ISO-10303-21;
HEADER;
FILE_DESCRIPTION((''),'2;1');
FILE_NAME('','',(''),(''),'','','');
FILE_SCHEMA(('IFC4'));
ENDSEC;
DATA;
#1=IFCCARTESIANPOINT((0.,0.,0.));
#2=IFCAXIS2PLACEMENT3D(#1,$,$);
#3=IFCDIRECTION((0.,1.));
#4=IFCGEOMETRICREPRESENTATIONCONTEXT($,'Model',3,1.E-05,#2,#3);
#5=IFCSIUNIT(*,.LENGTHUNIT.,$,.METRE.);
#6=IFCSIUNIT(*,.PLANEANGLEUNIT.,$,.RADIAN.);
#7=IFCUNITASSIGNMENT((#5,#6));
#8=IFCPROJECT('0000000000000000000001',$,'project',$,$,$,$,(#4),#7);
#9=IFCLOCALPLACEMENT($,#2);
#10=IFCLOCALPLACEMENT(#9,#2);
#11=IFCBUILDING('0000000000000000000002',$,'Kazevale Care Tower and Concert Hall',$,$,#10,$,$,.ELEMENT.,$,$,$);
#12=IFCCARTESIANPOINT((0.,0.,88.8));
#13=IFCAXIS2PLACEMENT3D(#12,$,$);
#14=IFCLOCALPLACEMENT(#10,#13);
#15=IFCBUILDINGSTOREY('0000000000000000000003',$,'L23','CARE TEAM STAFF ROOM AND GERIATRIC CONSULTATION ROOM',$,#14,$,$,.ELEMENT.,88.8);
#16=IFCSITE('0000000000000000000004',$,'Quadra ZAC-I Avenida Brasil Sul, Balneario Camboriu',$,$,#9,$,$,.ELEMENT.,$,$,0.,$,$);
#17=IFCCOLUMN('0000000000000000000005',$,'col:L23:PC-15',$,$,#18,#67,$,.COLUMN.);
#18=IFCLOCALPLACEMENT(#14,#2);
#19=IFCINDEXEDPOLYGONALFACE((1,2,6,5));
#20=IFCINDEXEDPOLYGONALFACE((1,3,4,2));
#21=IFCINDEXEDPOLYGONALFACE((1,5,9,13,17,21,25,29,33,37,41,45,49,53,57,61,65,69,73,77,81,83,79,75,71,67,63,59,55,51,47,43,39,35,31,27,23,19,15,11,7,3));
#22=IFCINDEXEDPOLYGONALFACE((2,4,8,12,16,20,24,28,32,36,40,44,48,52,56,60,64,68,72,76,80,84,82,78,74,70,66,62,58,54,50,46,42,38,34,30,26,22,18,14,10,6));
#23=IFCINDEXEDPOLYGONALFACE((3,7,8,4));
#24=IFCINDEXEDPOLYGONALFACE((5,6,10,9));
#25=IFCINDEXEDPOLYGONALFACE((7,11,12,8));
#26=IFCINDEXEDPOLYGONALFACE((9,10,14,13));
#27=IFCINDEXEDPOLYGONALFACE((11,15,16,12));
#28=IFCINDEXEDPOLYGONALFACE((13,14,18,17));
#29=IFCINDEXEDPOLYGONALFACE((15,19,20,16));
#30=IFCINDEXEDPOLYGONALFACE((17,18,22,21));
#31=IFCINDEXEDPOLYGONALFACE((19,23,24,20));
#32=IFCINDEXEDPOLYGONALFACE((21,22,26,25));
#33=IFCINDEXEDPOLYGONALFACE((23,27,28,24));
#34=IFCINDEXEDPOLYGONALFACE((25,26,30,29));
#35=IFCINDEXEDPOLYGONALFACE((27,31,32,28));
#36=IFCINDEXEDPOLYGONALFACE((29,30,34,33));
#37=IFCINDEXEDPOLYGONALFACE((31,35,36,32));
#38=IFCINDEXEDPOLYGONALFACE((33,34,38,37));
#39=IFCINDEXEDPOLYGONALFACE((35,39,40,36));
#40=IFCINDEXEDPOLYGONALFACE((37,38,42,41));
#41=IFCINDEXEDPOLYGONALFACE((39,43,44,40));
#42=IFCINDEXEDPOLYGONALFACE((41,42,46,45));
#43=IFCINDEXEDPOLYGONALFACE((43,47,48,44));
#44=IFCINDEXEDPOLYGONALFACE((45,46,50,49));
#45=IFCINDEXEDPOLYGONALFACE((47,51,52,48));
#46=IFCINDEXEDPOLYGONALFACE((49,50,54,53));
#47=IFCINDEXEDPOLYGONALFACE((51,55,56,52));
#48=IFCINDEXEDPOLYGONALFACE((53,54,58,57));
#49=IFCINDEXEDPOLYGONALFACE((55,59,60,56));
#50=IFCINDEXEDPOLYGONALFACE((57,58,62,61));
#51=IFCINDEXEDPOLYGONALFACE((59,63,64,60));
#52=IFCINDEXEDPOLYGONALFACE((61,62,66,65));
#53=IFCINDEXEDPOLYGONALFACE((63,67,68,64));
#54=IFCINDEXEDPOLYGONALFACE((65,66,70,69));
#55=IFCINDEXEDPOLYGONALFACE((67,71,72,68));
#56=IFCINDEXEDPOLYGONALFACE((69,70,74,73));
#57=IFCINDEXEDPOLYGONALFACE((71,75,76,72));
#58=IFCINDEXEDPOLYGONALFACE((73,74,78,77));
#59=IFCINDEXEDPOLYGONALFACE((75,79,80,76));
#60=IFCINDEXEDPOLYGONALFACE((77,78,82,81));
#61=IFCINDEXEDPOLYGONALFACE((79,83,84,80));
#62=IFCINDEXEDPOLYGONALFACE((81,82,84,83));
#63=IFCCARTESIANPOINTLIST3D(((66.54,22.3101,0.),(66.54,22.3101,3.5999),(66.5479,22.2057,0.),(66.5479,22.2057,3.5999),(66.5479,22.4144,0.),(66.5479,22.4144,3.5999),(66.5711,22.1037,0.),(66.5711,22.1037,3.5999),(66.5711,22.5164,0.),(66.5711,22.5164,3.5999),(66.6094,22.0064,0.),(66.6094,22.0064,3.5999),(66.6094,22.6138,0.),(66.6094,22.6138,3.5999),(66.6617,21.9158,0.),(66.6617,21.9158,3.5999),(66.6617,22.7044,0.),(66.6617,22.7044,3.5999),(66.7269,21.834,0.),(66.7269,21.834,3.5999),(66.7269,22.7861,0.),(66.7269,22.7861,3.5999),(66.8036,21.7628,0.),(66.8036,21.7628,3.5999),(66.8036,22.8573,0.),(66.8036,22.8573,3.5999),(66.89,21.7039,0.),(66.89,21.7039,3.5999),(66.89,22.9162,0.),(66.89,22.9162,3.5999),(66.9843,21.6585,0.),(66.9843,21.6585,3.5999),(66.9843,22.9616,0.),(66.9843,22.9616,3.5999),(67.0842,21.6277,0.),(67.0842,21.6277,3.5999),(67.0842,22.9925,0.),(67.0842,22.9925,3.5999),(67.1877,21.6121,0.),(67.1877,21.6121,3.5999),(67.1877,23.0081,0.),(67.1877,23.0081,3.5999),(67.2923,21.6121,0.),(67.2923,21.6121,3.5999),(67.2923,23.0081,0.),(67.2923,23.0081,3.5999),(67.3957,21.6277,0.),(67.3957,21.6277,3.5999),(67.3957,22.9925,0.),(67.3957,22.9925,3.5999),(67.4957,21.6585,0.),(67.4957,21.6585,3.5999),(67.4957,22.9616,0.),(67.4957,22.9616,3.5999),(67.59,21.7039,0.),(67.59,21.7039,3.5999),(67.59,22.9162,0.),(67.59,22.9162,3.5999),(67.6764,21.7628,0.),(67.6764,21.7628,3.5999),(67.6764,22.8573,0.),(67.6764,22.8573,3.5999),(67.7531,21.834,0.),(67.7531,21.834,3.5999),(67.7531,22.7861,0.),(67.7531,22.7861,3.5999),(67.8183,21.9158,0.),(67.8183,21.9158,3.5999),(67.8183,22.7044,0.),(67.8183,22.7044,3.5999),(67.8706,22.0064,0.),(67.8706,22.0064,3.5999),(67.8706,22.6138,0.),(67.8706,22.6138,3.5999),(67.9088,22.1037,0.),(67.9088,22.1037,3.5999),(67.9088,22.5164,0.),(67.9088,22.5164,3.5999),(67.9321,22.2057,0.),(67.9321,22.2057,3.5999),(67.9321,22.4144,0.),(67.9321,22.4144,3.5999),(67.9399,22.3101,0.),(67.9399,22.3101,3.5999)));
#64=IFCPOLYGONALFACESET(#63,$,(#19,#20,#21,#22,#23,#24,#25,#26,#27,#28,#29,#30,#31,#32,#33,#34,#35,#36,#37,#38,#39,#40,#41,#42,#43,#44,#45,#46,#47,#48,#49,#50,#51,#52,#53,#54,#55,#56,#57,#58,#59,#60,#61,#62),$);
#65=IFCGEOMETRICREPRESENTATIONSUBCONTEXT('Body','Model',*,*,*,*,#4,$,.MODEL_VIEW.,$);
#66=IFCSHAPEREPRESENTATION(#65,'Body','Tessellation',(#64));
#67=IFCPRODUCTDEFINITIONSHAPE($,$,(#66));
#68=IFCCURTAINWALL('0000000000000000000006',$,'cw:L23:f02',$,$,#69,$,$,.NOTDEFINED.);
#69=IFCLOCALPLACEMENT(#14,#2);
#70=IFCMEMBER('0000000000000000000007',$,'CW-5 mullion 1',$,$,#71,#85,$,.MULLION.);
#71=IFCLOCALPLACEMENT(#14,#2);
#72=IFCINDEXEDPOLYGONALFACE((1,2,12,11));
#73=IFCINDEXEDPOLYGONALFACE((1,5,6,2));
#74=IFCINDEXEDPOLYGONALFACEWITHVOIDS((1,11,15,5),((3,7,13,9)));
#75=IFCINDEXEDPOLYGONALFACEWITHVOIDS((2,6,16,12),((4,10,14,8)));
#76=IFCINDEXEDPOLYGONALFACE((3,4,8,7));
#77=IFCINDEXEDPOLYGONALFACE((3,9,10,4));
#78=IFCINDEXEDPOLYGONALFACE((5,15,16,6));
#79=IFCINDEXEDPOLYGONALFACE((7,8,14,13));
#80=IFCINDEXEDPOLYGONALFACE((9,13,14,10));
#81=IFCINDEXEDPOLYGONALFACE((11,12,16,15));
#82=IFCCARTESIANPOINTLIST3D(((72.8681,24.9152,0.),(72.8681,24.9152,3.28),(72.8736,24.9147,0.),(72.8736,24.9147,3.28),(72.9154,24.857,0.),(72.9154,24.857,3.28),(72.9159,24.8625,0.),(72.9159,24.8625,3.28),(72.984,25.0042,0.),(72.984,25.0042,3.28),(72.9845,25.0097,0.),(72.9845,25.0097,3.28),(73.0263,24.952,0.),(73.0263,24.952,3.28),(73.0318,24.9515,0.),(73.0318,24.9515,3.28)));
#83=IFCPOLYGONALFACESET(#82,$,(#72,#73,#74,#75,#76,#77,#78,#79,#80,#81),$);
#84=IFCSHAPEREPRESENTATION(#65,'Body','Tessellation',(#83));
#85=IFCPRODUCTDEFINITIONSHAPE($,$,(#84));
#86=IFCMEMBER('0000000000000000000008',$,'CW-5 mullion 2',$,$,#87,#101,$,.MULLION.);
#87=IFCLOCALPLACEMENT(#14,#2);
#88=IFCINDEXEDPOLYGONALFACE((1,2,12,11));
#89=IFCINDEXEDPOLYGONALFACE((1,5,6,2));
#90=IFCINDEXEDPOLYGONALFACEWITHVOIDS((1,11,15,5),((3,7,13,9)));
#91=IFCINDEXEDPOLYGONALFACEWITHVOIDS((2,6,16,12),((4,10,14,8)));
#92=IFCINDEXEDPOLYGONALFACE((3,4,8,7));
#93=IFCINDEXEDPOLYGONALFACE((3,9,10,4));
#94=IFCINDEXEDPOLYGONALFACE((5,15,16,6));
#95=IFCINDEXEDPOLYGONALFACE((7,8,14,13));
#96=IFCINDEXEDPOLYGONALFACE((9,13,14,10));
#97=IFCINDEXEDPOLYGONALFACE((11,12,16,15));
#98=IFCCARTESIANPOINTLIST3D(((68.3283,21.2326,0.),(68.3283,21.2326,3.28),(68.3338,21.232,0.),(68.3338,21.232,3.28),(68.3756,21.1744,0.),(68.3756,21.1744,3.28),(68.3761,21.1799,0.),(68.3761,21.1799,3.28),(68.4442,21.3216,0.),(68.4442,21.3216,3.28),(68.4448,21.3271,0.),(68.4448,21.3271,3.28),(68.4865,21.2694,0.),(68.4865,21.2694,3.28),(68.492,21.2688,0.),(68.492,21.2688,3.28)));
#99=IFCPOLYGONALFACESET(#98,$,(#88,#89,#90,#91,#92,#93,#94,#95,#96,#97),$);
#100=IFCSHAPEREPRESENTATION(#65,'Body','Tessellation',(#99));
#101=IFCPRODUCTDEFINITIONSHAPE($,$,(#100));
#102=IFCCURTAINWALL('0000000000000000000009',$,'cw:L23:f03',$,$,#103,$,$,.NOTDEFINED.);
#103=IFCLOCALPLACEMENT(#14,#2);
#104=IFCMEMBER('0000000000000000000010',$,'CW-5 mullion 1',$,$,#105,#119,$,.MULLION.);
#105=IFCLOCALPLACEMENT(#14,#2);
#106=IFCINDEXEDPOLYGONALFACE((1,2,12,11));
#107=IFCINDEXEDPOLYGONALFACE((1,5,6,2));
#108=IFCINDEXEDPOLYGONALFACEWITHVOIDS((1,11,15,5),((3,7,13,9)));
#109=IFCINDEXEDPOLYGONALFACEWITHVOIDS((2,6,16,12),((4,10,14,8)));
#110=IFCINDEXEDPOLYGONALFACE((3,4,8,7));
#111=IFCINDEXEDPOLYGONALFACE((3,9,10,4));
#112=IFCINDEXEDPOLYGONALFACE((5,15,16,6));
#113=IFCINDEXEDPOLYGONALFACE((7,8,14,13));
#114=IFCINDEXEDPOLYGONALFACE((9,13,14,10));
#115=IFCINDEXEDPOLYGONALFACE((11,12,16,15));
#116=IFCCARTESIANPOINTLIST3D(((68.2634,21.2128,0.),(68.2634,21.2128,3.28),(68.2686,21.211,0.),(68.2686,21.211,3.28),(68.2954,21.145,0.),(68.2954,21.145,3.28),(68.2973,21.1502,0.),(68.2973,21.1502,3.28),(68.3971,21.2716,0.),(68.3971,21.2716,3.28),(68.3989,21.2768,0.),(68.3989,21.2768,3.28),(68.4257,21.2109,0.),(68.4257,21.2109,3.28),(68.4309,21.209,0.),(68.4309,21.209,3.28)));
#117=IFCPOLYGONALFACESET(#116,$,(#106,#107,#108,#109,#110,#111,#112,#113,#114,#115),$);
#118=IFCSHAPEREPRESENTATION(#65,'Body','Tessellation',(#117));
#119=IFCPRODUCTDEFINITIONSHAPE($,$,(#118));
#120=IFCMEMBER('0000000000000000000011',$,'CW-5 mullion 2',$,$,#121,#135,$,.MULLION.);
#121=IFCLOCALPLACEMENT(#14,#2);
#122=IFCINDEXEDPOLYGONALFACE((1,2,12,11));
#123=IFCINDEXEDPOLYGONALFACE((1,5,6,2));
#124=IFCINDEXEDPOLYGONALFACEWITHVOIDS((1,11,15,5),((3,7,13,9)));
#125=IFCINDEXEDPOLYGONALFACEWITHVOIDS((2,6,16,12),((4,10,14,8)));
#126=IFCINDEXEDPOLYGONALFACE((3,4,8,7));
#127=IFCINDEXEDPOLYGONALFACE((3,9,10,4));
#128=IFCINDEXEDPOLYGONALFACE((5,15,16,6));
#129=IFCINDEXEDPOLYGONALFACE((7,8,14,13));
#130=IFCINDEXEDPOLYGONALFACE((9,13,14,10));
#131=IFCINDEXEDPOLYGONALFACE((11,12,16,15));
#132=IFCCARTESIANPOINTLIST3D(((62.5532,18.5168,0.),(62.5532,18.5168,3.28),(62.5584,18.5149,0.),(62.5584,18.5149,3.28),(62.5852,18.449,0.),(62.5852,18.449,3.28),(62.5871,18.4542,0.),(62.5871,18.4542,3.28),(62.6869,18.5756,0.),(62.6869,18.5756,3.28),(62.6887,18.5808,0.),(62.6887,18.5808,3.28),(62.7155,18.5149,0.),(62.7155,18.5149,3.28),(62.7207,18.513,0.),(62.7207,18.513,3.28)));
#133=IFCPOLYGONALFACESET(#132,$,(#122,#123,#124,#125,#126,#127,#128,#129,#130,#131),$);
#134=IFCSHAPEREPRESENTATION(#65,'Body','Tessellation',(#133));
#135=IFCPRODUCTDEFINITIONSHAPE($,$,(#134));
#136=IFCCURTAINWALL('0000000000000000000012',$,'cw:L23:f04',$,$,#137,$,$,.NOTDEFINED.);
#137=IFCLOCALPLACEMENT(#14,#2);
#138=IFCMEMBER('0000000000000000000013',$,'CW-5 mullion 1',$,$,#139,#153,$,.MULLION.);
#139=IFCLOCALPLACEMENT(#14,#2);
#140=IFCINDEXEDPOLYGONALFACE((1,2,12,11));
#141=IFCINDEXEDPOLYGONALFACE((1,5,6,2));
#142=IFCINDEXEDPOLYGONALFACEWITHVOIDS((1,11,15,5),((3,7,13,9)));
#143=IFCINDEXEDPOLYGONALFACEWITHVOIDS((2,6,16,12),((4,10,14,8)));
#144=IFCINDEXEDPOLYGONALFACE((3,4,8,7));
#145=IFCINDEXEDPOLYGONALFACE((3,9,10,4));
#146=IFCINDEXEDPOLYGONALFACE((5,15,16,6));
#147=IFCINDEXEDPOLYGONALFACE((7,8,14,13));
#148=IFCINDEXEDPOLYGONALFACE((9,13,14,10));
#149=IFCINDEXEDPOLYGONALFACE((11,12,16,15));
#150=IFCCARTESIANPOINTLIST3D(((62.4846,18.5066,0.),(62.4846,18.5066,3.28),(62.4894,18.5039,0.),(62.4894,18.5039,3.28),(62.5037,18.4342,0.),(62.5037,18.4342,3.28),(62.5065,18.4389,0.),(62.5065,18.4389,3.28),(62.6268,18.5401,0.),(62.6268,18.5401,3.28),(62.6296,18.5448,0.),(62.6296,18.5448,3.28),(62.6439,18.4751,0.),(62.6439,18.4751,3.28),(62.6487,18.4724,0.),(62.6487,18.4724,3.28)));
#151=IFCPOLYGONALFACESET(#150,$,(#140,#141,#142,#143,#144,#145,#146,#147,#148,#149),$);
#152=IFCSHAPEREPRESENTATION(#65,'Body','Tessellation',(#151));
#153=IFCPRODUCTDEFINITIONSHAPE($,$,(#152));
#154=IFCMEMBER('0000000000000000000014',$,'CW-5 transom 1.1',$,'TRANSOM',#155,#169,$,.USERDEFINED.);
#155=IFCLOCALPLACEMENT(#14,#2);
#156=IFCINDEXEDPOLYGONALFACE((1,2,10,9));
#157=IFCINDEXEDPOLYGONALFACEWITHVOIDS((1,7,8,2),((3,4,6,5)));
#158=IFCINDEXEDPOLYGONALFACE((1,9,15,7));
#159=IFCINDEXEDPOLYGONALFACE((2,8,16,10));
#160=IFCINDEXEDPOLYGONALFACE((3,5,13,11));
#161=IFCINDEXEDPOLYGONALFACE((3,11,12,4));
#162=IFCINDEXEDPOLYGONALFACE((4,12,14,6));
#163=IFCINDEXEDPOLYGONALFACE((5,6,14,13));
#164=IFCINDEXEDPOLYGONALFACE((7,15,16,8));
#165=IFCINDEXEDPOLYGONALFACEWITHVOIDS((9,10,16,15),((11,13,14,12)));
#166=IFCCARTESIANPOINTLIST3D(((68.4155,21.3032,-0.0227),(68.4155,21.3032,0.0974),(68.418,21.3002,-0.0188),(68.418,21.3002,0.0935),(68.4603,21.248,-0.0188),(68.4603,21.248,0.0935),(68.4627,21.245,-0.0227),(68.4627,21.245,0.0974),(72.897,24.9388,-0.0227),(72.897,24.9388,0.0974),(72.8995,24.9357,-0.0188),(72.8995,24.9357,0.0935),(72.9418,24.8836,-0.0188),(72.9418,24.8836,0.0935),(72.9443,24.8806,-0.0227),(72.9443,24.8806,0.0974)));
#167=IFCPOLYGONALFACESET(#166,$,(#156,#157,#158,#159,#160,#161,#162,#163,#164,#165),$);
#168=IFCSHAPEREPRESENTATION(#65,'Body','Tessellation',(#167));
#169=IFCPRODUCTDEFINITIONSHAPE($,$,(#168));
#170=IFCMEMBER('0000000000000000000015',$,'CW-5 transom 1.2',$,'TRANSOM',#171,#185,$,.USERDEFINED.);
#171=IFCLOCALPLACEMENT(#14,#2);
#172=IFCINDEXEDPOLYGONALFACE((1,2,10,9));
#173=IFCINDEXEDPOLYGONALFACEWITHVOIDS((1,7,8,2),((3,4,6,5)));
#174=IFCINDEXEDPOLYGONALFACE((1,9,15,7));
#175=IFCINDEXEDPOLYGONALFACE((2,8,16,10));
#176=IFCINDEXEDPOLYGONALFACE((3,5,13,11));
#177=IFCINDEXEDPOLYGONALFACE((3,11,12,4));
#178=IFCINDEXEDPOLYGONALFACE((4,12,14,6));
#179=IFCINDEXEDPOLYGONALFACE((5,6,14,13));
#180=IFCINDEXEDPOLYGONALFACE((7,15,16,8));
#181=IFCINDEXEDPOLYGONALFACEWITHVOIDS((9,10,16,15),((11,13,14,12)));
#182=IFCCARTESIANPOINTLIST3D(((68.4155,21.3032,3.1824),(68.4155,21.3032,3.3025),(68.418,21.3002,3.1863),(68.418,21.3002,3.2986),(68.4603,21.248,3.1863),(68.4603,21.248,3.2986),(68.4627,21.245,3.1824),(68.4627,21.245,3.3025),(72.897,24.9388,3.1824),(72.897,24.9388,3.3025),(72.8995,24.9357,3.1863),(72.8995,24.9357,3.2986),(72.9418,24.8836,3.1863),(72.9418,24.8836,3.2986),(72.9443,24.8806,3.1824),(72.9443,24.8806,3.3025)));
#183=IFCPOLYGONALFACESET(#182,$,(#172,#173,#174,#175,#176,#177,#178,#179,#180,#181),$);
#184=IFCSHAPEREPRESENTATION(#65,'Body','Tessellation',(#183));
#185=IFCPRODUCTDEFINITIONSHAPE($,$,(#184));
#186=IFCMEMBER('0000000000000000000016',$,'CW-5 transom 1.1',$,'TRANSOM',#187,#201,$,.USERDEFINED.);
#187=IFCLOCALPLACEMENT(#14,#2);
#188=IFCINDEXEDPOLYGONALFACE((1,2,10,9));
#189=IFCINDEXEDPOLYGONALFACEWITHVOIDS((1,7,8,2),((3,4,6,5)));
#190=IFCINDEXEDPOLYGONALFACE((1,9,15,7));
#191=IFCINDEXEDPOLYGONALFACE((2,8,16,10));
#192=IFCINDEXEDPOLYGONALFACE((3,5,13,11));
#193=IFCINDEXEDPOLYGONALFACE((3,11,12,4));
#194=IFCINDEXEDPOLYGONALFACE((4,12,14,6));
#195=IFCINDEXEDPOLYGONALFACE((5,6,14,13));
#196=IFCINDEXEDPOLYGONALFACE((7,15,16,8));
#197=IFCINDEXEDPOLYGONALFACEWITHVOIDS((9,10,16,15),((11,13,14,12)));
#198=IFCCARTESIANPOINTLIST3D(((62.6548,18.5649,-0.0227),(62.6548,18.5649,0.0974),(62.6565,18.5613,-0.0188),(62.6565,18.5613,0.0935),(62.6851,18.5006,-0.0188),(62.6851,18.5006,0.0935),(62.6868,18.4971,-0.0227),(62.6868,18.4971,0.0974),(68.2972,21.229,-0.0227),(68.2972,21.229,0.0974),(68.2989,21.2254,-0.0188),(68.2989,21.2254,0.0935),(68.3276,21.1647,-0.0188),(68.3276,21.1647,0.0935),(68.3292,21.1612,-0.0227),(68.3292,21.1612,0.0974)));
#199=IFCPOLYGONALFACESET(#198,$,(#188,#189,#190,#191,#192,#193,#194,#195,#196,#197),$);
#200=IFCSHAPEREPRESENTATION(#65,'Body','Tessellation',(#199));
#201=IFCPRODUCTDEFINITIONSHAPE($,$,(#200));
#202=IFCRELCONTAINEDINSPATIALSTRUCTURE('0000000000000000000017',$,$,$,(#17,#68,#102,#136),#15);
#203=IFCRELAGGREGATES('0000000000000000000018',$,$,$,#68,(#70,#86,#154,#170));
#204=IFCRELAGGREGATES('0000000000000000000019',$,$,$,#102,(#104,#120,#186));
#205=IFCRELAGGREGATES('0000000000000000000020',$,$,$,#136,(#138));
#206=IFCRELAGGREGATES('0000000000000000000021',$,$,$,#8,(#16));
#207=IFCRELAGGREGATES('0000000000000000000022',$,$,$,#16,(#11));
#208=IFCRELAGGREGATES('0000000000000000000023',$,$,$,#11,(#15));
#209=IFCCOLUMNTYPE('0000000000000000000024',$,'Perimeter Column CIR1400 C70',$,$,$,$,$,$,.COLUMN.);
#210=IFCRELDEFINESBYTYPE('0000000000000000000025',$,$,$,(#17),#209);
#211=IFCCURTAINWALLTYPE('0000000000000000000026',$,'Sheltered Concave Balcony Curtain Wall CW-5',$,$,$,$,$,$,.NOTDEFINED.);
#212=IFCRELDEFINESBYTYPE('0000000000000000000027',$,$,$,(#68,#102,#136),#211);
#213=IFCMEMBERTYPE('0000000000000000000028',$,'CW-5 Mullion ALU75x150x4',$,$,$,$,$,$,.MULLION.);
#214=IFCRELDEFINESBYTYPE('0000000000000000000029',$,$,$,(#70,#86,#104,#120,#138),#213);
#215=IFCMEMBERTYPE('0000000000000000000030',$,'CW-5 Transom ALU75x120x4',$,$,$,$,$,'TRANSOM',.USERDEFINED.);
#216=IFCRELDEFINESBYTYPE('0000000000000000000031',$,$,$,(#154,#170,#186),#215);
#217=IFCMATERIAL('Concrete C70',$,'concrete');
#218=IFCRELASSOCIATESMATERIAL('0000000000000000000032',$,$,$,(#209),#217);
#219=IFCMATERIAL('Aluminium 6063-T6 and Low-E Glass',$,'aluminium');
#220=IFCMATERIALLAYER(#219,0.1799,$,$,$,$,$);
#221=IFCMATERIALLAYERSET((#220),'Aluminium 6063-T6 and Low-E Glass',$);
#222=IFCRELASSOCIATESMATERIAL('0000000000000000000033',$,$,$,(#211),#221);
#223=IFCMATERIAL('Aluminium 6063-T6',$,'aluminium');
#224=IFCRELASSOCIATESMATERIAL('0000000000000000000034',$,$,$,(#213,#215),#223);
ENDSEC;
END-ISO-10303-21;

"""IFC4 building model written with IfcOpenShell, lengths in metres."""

from ifc_helpers import new_model, si_unit, direction, frame, origin, origin_2d, place, context, subcontext, project, spatial, hollow_rectangle, circle, extrude, material, layer, layer_set, material_profile, profile_set, type_object, element, aggregate, save


model = new_model("IFC4")

# Units and contexts
model_context = context("Model", 3, precision=1e-05, world=origin(), true_north=direction((0.0, 1.0)))
body_context = subcontext(model_context, "Body", "Model", "MODEL_VIEW")
ifc_project = project(units=[si_unit("LENGTHUNIT", "METRE"), si_unit("PLANEANGLEUNIT", "RADIAN")], contexts=[model_context])

# Site, building, storey
site_placement = place(None, origin())
site = spatial("IfcSite", under=ifc_project, at=site_placement, Name="Quadra ZAC-I Avenida Brasil Sul, Balneario Camboriu", CompositionType="ELEMENT", RefElevation=0.0)
building_placement = place(site_placement, origin())
building = spatial("IfcBuilding", under=site, at=building_placement, Name="Kazevale Care Tower and Concert Hall", CompositionType="ELEMENT")
storey_placement = place(building_placement, frame((0.0, 0.0, 88.8)))
storey = spatial("IfcBuildingStorey", under=building, at=storey_placement, Name="L23", Description="CARE TEAM STAFF ROOM AND GERIATRIC CONSULTATION ROOM", CompositionType="ELEMENT", Elevation=88.8)

# Column
ifc_material_1 = material(Name="Concrete C70", Category="concrete")
ifc_material_profile_1 = material_profile(ifc_material_1, circle(Radius=0.7, at=origin_2d()), Name="RC-CIR1400")
ifc_profile_set_1 = profile_set([ifc_material_profile_1], Name="Concrete C70")
column_type = type_object("IfcColumnType", Name="Perimeter Column CIR1400 C70", PredefinedType="COLUMN", material=ifc_profile_set_1)
column_placement = place(storey_placement, frame((67.24, 22.3101, 0.0), z_axis=(0.0, 0.0, 1.0), x_axis=(1.0, 0.0, 0.0)))
element("IfcColumn", 1, at=column_placement, inside=storey, type_object=column_type, Name="col:L23:PC-15", PredefinedType="COLUMN", context=body_context, shape_type="SweptSolid", body=[
    extrude(circle(Radius=0.7, at=origin_2d()), origin(), (0.0, 0.0, 1.0), 3.5999),
])

# Curtain walls, members
ifc_material_2 = material(Name="Aluminium 6063-T6 and Low-E Glass", Category="aluminium")
ifc_layer_1 = layer(ifc_material_2, 0.1799)
ifc_layer_set_1 = layer_set([ifc_layer_1], Name="Aluminium 6063-T6 and Low-E Glass")
curtain_wall_type = type_object("IfcCurtainWallType", Name="Sheltered Concave Balcony Curtain Wall CW-5", PredefinedType="NOTDEFINED", material=ifc_layer_set_1)
curtain_wall_1_placement = place(storey_placement, origin())
curtain_wall_1 = element("IfcCurtainWall", 2, at=curtain_wall_1_placement, inside=storey, type_object=curtain_wall_type, Name="cw:L23:f02", PredefinedType="NOTDEFINED")
ifc_material_3 = material(Name="Aluminium 6063-T6", Category="aluminium")
ifc_material_profile_2 = material_profile(ifc_material_3, hollow_rectangle(XDim=0.075, YDim=0.1499, WallThickness=0.0039, at=origin_2d()), Name="ALU75x150x4")
ifc_profile_set_2 = profile_set([ifc_material_profile_2], Name="Aluminium 6063-T6")
member_type_1 = type_object("IfcMemberType", Name="CW-5 Mullion ALU75x150x4", PredefinedType="MULLION", material=ifc_profile_set_2)
member_1_placement = place(storey_placement, frame((72.95, 24.9333, 0.0), z_axis=(0.0, 0.0, 1.0), x_axis=(0.629995, -0.776599, 0.0)))
member_1 = element("IfcMember", 3, at=member_1_placement, type_object=member_type_1, Name="CW-5 mullion 1", PredefinedType="MULLION", context=body_context, shape_type="SweptSolid", body=[
    extrude(hollow_rectangle(XDim=0.075, YDim=0.1499, WallThickness=0.0039, at=origin_2d()), origin(), (0.0, 0.0, 1.0), 3.28),
])
member_2_placement = place(storey_placement, frame((68.4102, 21.2507, 0.0), z_axis=(0.0, 0.0, 1.0), x_axis=(0.629995, -0.776599, 0.0)))
member_2 = element("IfcMember", 4, at=member_2_placement, type_object=member_type_1, Name="CW-5 mullion 2", PredefinedType="MULLION", context=body_context, shape_type="SweptSolid", body=[
    extrude(hollow_rectangle(XDim=0.075, YDim=0.1499, WallThickness=0.0039, at=origin_2d()), origin(), (0.0, 0.0, 1.0), 3.28),
])
curtain_wall_2_placement = place(storey_placement, origin())
curtain_wall_2 = element("IfcCurtainWall", 5, at=curtain_wall_2_placement, inside=storey, type_object=curtain_wall_type, Name="cw:L23:f03", PredefinedType="NOTDEFINED")
member_3_placement = place(storey_placement, frame((68.3472, 21.2109, 0.0), z_axis=(0.0, 0.0, 1.0), x_axis=(0.426942, -0.904279, 0.0)))
member_3 = element("IfcMember", 6, at=member_3_placement, type_object=member_type_1, Name="CW-5 mullion 1", PredefinedType="MULLION", context=body_context, shape_type="SweptSolid", body=[
    extrude(hollow_rectangle(XDim=0.075, YDim=0.1499, WallThickness=0.0039, at=origin_2d()), origin(), (0.0, 0.0, 1.0), 3.28),
])
member_4_placement = place(storey_placement, frame((62.637, 18.5149, 0.0), z_axis=(0.0, 0.0, 1.0), x_axis=(0.426942, -0.904279, 0.0)))
member_4 = element("IfcMember", 7, at=member_4_placement, type_object=member_type_1, Name="CW-5 mullion 2", PredefinedType="MULLION", context=body_context, shape_type="SweptSolid", body=[
    extrude(hollow_rectangle(XDim=0.075, YDim=0.1499, WallThickness=0.0039, at=origin_2d()), origin(), (0.0, 0.0, 1.0), 3.28),
])

# Curtain wall, member
curtain_wall_3_placement = place(storey_placement, origin())
curtain_wall_3 = element("IfcCurtainWall", 8, at=curtain_wall_3_placement, inside=storey, type_object=curtain_wall_type, Name="cw:L23:f04", PredefinedType="NOTDEFINED")
member_5_placement = place(storey_placement, frame((62.5667, 18.4895, 0.0), z_axis=(0.0, 0.0, 1.0), x_axis=(0.254829, -0.966986, 0.0)))
member_5 = element("IfcMember", 9, at=member_5_placement, type_object=member_type_1, Name="CW-5 mullion 1", PredefinedType="MULLION", context=body_context, shape_type="SweptSolid", body=[
    extrude(hollow_rectangle(XDim=0.075, YDim=0.1499, WallThickness=0.0039, at=origin_2d()), origin(), (0.0, 0.0, 1.0), 3.28),
])

# Members
ifc_material_profile_3 = material_profile(ifc_material_3, hollow_rectangle(XDim=0.075, YDim=0.1201, WallThickness=0.0039, at=origin_2d()), Name="ALU75x120x4")
ifc_profile_set_3 = profile_set([ifc_material_profile_3], Name="Aluminium 6063-T6")
member_type_2 = type_object("IfcMemberType", Name="CW-5 Transom ALU75x120x4", ElementType="TRANSOM", PredefinedType="USERDEFINED", material=ifc_profile_set_3)
member_6_placement = place(storey_placement, frame((72.9207, 24.9097, 0.0374), z_axis=(-0.776595, -0.63, 0.0), x_axis=(0.63, -0.776595, 0.0)))
member_6 = element("IfcMember", 10, at=member_6_placement, type_object=member_type_2, Name="CW-5 transom 1.1", ObjectType="TRANSOM", PredefinedType="USERDEFINED", context=body_context, shape_type="SweptSolid", body=[
    extrude(hollow_rectangle(XDim=0.075, YDim=0.1201, WallThickness=0.0039, at=origin_2d()), origin(), (0.0, 0.0, 1.0), 5.7708),
])
member_7_placement = place(storey_placement, frame((72.9207, 24.9097, 3.2424), z_axis=(-0.776595, -0.63, 0.0), x_axis=(0.63, -0.776595, 0.0)))
member_7 = element("IfcMember", 11, at=member_7_placement, type_object=member_type_2, Name="CW-5 transom 1.2", ObjectType="TRANSOM", PredefinedType="USERDEFINED", context=body_context, shape_type="SweptSolid", body=[
    extrude(hollow_rectangle(XDim=0.075, YDim=0.1201, WallThickness=0.0039, at=origin_2d()), origin(), (0.0, 0.0, 1.0), 5.7708),
])
member_8_placement = place(storey_placement, frame((68.3132, 21.1951, 0.0374), z_axis=(-0.904272, -0.426957, 0.0), x_axis=(0.426957, -0.904272, 0.0)))
member_8 = element("IfcMember", 12, at=member_8_placement, type_object=member_type_2, Name="CW-5 transom 1.1", ObjectType="TRANSOM", PredefinedType="USERDEFINED", context=body_context, shape_type="SweptSolid", body=[
    extrude(hollow_rectangle(XDim=0.075, YDim=0.1201, WallThickness=0.0039, at=origin_2d()), origin(), (0.0, 0.0, 1.0), 6.2397),
])

aggregate(curtain_wall_1, [member_1, member_2, member_6, member_7])
aggregate(curtain_wall_2, [member_3, member_4, member_8])
aggregate(curtain_wall_3, [member_5])

save(model, "model.ifc")
